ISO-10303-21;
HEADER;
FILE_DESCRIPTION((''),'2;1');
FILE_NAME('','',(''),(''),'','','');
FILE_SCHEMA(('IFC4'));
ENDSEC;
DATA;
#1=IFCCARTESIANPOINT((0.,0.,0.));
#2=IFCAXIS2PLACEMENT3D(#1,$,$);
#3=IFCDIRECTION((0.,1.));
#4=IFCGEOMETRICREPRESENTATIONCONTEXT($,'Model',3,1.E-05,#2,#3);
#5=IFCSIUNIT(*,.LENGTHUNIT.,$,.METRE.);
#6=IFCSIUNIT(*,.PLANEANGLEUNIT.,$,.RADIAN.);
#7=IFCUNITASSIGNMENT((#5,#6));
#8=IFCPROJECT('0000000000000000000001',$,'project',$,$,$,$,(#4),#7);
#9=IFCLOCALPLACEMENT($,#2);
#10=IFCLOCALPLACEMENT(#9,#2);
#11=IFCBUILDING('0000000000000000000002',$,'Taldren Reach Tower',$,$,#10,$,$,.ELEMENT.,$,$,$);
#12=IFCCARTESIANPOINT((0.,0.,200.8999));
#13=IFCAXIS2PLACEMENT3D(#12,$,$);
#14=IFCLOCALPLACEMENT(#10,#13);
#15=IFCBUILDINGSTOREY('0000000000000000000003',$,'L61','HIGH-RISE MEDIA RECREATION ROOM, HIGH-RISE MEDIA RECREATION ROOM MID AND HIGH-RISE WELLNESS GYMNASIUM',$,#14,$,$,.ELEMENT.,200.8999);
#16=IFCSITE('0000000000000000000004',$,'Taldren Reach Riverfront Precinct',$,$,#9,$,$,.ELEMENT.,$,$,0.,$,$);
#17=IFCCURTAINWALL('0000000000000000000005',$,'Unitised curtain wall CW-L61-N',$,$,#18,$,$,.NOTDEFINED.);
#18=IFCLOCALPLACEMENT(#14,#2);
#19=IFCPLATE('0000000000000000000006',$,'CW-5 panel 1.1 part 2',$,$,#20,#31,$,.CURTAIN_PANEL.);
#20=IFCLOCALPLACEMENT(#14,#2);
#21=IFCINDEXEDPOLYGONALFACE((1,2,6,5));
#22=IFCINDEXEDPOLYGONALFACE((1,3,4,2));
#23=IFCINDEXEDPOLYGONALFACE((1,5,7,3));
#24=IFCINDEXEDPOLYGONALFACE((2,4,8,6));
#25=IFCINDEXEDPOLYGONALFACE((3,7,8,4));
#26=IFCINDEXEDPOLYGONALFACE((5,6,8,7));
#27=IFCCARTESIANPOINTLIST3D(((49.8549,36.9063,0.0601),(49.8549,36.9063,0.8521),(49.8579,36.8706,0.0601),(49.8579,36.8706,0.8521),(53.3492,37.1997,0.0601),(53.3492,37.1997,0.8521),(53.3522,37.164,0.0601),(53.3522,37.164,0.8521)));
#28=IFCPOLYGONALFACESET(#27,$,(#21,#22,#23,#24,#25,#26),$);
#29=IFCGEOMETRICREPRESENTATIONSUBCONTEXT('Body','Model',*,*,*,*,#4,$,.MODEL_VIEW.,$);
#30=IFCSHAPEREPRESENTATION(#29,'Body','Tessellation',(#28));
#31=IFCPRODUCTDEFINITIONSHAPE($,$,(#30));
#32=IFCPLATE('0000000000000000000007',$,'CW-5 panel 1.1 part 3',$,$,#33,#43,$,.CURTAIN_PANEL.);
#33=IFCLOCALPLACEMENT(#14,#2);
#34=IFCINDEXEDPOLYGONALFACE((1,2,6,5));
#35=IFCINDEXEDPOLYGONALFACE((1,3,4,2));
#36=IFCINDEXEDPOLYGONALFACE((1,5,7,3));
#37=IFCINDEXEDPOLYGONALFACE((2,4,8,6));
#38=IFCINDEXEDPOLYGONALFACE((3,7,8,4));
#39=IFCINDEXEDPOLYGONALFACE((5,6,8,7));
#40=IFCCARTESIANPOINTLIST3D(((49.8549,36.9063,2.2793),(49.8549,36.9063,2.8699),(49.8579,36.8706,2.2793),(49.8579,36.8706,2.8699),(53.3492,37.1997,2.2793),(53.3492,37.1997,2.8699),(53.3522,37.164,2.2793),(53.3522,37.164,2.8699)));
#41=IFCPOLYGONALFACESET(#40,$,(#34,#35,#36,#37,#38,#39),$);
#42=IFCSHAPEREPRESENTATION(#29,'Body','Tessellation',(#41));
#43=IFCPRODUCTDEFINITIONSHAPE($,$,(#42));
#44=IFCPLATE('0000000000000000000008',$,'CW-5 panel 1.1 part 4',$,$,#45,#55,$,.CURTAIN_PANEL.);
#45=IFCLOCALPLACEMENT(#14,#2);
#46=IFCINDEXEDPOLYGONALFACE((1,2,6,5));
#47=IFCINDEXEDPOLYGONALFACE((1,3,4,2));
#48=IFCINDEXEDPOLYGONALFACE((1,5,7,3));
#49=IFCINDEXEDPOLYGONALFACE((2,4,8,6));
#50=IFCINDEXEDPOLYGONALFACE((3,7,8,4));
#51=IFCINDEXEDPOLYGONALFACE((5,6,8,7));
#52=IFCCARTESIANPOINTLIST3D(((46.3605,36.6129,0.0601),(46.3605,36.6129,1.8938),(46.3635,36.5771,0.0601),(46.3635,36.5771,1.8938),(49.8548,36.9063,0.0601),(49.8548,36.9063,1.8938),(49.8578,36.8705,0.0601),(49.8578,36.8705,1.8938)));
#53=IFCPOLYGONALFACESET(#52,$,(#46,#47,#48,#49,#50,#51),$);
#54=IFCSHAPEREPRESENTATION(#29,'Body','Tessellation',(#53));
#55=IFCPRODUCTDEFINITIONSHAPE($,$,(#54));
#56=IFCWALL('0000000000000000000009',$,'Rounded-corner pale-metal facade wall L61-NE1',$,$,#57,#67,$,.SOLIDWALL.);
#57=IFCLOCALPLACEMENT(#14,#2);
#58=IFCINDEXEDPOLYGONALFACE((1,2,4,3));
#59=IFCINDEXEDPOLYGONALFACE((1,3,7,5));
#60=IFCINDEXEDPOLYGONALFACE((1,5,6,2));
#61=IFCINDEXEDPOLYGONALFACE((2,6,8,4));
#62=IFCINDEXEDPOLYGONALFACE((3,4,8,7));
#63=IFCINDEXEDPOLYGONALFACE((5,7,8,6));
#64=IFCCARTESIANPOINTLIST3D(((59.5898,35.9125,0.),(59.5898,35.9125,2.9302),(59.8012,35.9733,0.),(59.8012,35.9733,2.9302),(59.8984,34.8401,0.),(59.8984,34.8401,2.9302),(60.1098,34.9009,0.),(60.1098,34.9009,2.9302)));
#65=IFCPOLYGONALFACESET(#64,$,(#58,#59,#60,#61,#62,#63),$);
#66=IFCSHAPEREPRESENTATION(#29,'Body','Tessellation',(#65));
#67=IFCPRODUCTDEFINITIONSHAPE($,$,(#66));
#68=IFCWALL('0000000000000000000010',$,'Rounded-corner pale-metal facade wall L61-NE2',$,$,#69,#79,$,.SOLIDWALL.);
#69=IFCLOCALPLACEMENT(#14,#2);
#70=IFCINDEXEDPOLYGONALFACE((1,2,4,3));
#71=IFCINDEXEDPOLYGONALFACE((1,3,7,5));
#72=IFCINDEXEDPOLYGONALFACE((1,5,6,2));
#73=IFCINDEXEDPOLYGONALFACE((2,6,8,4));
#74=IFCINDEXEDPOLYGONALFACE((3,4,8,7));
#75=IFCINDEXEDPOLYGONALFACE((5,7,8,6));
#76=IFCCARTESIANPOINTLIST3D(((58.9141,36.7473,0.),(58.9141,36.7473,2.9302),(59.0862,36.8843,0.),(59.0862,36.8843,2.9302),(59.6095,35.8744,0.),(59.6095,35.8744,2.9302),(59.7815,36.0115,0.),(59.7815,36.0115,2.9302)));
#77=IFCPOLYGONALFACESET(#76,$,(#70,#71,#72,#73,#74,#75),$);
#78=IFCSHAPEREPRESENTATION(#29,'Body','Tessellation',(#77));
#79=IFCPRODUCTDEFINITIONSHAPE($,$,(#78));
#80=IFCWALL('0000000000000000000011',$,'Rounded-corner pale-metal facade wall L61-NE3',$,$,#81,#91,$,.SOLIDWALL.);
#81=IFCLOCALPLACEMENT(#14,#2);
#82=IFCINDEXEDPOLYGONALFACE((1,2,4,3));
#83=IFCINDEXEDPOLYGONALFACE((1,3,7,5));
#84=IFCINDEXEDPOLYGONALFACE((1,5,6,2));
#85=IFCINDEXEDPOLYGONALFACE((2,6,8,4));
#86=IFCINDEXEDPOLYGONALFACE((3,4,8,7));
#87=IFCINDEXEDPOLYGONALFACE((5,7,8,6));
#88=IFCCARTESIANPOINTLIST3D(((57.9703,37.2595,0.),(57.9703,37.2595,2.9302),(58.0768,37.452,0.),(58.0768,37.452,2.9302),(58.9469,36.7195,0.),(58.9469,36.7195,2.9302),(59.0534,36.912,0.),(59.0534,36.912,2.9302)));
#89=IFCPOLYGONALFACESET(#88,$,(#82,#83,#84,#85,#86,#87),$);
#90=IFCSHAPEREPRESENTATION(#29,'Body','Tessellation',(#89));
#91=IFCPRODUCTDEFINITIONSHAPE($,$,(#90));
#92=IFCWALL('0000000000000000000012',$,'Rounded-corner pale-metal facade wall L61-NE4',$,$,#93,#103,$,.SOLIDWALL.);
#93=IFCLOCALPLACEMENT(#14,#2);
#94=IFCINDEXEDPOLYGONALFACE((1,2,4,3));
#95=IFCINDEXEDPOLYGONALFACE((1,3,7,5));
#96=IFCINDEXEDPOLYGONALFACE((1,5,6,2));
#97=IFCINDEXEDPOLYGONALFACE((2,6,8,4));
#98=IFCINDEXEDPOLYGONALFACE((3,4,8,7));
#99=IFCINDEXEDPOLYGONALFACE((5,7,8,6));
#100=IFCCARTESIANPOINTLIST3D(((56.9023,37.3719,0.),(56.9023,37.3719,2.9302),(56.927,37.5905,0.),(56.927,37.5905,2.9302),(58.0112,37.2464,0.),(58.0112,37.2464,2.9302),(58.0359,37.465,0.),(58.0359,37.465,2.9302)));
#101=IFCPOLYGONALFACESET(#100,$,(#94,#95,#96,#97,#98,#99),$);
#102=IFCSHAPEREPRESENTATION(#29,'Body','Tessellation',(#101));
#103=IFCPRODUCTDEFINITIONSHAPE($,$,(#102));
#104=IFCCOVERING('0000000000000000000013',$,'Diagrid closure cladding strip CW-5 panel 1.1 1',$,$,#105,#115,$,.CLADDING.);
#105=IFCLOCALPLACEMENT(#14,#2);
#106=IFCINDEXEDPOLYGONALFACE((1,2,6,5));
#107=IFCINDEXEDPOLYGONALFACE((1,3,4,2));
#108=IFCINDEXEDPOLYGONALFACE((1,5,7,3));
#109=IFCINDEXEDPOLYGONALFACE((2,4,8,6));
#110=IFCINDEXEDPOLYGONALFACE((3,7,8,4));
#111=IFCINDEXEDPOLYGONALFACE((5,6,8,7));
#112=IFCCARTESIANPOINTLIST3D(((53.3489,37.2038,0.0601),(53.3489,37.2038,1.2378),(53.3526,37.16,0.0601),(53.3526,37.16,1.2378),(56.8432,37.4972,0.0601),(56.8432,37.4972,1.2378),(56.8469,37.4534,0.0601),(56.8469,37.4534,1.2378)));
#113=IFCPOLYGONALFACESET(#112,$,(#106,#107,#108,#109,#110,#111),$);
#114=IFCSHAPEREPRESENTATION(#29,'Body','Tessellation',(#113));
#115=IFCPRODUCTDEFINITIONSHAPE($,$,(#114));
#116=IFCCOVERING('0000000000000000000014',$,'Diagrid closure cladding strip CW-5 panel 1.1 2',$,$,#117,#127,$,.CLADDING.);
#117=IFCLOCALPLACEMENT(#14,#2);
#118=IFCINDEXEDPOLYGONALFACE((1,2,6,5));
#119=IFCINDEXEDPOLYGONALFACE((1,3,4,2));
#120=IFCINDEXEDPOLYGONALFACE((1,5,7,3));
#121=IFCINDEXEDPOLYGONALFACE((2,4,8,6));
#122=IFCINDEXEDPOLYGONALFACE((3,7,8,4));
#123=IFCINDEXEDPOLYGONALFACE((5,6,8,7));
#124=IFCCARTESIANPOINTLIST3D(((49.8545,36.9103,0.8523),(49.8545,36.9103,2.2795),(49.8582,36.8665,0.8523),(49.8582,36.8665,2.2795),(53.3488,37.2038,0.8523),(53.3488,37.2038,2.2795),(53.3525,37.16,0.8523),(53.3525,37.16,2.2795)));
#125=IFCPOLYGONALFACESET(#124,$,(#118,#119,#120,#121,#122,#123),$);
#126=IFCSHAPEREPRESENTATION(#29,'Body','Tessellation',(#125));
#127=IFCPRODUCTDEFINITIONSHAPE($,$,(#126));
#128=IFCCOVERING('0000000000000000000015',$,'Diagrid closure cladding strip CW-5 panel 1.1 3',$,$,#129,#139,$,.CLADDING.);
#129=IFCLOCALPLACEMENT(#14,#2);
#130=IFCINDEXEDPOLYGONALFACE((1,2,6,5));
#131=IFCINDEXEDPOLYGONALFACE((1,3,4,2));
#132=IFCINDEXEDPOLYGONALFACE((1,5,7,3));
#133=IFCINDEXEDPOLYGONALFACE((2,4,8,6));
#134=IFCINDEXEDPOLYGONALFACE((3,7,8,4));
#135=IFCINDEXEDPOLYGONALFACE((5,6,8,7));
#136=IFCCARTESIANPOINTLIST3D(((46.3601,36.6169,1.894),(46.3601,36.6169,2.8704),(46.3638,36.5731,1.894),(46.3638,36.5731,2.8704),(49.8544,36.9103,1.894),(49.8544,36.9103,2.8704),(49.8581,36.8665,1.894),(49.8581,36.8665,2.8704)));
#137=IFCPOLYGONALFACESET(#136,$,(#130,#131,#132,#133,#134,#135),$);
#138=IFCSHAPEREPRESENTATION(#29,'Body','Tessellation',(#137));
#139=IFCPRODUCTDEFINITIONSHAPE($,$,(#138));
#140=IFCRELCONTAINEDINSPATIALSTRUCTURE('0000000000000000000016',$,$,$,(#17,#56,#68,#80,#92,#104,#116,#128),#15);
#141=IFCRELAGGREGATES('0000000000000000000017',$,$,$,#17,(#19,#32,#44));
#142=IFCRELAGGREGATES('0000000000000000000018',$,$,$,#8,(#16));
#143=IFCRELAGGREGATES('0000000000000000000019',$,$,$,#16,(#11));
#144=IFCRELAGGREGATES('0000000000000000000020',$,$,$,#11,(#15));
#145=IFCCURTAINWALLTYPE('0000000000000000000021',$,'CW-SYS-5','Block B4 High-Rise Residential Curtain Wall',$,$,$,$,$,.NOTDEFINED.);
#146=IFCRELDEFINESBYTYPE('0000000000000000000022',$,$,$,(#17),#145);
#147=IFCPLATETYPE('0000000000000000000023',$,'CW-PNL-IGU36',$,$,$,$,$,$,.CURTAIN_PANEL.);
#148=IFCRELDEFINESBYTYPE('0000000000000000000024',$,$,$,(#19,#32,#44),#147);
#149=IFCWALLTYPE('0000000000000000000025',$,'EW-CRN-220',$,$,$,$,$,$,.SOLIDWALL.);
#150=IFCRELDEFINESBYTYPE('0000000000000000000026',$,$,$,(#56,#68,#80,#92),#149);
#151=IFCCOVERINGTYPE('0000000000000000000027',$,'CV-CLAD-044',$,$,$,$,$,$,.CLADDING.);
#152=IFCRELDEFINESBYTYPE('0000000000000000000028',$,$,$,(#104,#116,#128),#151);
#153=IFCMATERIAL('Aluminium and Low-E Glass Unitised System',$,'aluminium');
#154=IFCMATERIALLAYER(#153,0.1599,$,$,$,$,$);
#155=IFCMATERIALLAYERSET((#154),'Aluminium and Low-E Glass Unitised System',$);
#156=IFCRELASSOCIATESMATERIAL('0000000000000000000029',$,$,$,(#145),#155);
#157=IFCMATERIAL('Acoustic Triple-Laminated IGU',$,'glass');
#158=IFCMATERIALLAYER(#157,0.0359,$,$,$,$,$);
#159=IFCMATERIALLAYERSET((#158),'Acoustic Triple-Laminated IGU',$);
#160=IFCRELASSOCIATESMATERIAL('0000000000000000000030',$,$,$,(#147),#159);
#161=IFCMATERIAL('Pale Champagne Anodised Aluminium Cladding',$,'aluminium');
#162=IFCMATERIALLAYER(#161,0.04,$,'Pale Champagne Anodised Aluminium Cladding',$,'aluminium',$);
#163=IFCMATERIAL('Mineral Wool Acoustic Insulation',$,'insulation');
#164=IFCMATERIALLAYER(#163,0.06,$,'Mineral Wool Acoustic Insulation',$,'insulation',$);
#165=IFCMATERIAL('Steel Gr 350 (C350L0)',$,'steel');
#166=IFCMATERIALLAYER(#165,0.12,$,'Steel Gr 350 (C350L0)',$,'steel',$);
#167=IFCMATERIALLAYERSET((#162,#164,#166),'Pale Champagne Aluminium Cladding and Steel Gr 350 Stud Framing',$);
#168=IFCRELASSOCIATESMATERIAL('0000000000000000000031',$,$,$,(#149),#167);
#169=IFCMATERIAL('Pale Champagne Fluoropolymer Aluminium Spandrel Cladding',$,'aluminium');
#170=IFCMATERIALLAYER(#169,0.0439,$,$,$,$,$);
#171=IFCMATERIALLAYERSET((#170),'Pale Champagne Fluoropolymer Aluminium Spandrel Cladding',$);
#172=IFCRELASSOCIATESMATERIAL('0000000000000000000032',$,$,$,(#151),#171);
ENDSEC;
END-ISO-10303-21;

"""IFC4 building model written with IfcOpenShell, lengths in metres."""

from ifc_helpers import new_model, si_unit, direction, frame, frame_2d, origin, origin_2d, place, context, subcontext, project, spatial, rectangle, extrude, source, transform, mapped, material, layer, layer_set, type_object, element, aggregate, save


model = new_model("IFC4")

# Units and contexts
model_context = context("Model", 3, precision=1e-05, world=origin(), true_north=direction((0.0, 1.0)))
body_context = subcontext(model_context, "Body", "Model", "MODEL_VIEW")
ifc_project = project(units=[si_unit("LENGTHUNIT", "METRE"), si_unit("PLANEANGLEUNIT", "RADIAN")], contexts=[model_context])

# Site, building, storey
site_placement = place(None, origin())
site = spatial("IfcSite", under=ifc_project, at=site_placement, Name="Taldren Reach Riverfront Precinct", CompositionType="ELEMENT", RefElevation=0.0)
building_placement = place(site_placement, origin())
building = spatial("IfcBuilding", under=site, at=building_placement, Name="Taldren Reach Tower", CompositionType="ELEMENT")
storey_placement = place(building_placement, frame((0.0, 0.0, 200.8999)))
storey = spatial("IfcBuildingStorey", under=building, at=storey_placement, Name="L61", Description="HIGH-RISE MEDIA RECREATION ROOM, HIGH-RISE MEDIA RECREATION ROOM MID AND HIGH-RISE WELLNESS GYMNASIUM", CompositionType="ELEMENT", Elevation=200.8999)

# Shared definitions
ifc_material_1 = material(Name="Steel Gr 350 (C350L0)", Category="steel")

# Curtain wall
ifc_material_2 = material(Name="Aluminium and Low-E Glass Unitised System", Category="aluminium")
ifc_layer_1 = layer(ifc_material_2, 0.1599)
ifc_layer_set_1 = layer_set([ifc_layer_1], Name="Aluminium and Low-E Glass Unitised System")
curtain_wall_type = type_object("IfcCurtainWallType", Name="CW-SYS-5", Description="Block B4 High-Rise Residential Curtain Wall", PredefinedType="NOTDEFINED", material=ifc_layer_set_1)
curtain_wall_placement = place(storey_placement, origin())
curtain_wall = element("IfcCurtainWall", 1, at=curtain_wall_placement, inside=storey, type_object=curtain_wall_type, Name="Unitised curtain wall CW-L61-N", PredefinedType="NOTDEFINED")

# Plates
ifc_material_3 = material(Name="Acoustic Triple-Laminated IGU", Category="glass")
ifc_layer_2 = layer(ifc_material_3, 0.0359)
ifc_layer_set_2 = layer_set([ifc_layer_2], Name="Acoustic Triple-Laminated IGU")
plate_type_1 = type_object("IfcPlateType", Name="CW-PNL-IGU36", PredefinedType="CURTAIN_PANEL", material=ifc_layer_set_2)
shared_shape_1 = source(origin(), body_context, "Body", "SweptSolid", [
    extrude(rectangle(XDim=3.5066, YDim=0.0359, at=origin_2d()), origin(), (0.0, 0.0, 1.0), 0.792),
])
plate_1_placement = place(storey_placement, frame((51.6035, 37.0352, 0.0601), z_axis=(0.0, 0.0, 1.0), x_axis=(-0.996493, -0.083678, 0.0)))
plate_1 = element("IfcPlate", 2, at=plate_1_placement, type_object=plate_type_1, Name="CW-5 panel 1.1 part 2", PredefinedType="CURTAIN_PANEL", context=body_context, shape_type="MappedRepresentation", body=[
    mapped(shared_shape_1, transform((0.0, 0.0, 0.0), scale=1.0)),
])
shared_shape_2 = source(origin(), body_context, "Body", "SweptSolid", [
    extrude(rectangle(XDim=3.5066, YDim=0.0359, at=origin_2d()), origin(), (0.0, 0.0, 1.0), 0.5906),
])
plate_2_placement = place(storey_placement, frame((51.6035, 37.0352, 2.2793), z_axis=(0.0, 0.0, 1.0), x_axis=(-0.996493, -0.083678, 0.0)))
plate_2 = element("IfcPlate", 3, at=plate_2_placement, type_object=plate_type_1, Name="CW-5 panel 1.1 part 3", PredefinedType="CURTAIN_PANEL", context=body_context, shape_type="MappedRepresentation", body=[
    mapped(shared_shape_2, transform((0.0, 0.0, 0.0), scale=1.0)),
])
shared_shape_3 = source(origin(), body_context, "Body", "SweptSolid", [
    extrude(rectangle(XDim=3.5066, YDim=0.0359, at=origin_2d()), origin(), (0.0, 0.0, 1.0), 1.8337),
])
plate_3_placement = place(storey_placement, frame((48.1091, 36.7417, 0.0601), z_axis=(0.0, 0.0, 1.0), x_axis=(-0.996493, -0.083678, 0.0)))
plate_3 = element("IfcPlate", 4, at=plate_3_placement, type_object=plate_type_1, Name="CW-5 panel 1.1 part 4", PredefinedType="CURTAIN_PANEL", context=body_context, shape_type="MappedRepresentation", body=[
    mapped(shared_shape_3, transform((0.0, 0.0, 0.0), scale=1.0)),
])
aggregate(curtain_wall, [plate_1, plate_2, plate_3])

# Walls
ifc_material_4 = material(Name="Pale Champagne Anodised Aluminium Cladding", Category="aluminium")
ifc_layer_3 = layer(ifc_material_4, 0.04, Name="Pale Champagne Anodised Aluminium Cladding", Category="aluminium")
ifc_material_5 = material(Name="Mineral Wool Acoustic Insulation", Category="insulation")
ifc_layer_4 = layer(ifc_material_5, 0.06, Name="Mineral Wool Acoustic Insulation", Category="insulation")
ifc_layer_5 = layer(ifc_material_1, 0.12, Name="Steel Gr 350 (C350L0)", Category="steel")
ifc_layer_set_3 = layer_set([ifc_layer_3, ifc_layer_4, ifc_layer_5], Name="Pale Champagne Aluminium Cladding and Steel Gr 350 Stud Framing")
wall_type = type_object("IfcWallType", Name="EW-CRN-220", PredefinedType="SOLIDWALL", material=ifc_layer_set_3)
shared_shape_4 = source(origin(), body_context, "Body", "SweptSolid", [
    extrude(rectangle(XDim=1.116, YDim=0.22, at=frame_2d((0.5581, 0.0))), origin(), (0.0, 0.0, 1.0), 2.9302),
])
for number, where, z_axis, x_axis, name in (
    (5, (60.0042, 34.8704, 0.0), (0.0, 0.0, 1.0), (-0.276512, 0.96101, 0.0), "Rounded-corner pale-metal facade wall L61-NE1"),
    (6, (59.6956, 35.9429, 0.0), (0.0, 0.0, 1.0), (-0.623093, 0.782148, 0.0), "Rounded-corner pale-metal facade wall L61-NE2"),
    (7, (59.0002, 36.8157, 0.0), (0.0, 0.0, 1.0), (-0.875105, 0.483933, 0.0), "Rounded-corner pale-metal facade wall L61-NE3"),
    (8, (58.0237, 37.3557, 0.0), (0.0, 0.0, 1.0), (-0.993658, 0.112448, 0.0), "Rounded-corner pale-metal facade wall L61-NE4"),
):
    element("IfcWall", number, at=place(storey_placement, frame(where, z_axis=z_axis, x_axis=x_axis)), inside=storey, type_object=wall_type, Name=name, PredefinedType="SOLIDWALL", context=body_context, shape_type="MappedRepresentation", body=[
        mapped(shared_shape_4, transform((0.0, 0.0, 0.0), scale=1.0)),
    ])

# Coverings
ifc_material_6 = material(Name="Pale Champagne Fluoropolymer Aluminium Spandrel Cladding", Category="aluminium")
ifc_layer_6 = layer(ifc_material_6, 0.0439)
ifc_layer_set_4 = layer_set([ifc_layer_6], Name="Pale Champagne Fluoropolymer Aluminium Spandrel Cladding")
covering_type = type_object("IfcCoveringType", Name="CV-CLAD-044", PredefinedType="CLADDING", material=ifc_layer_set_4)
shared_shape_5 = source(origin(), body_context, "Body", "SweptSolid", [
    extrude(rectangle(XDim=3.5066, YDim=0.0439, at=origin_2d()), origin(), (0.0, 0.0, 1.0), 1.1777),
])
covering_1_placement = place(storey_placement, frame((55.0979, 37.3286, 0.0601), z_axis=(0.0, 0.0, 1.0), x_axis=(-0.996493, -0.083678, 0.0)))
element("IfcCovering", 9, at=covering_1_placement, inside=storey, type_object=covering_type, Name="Diagrid closure cladding strip CW-5 panel 1.1 1", PredefinedType="CLADDING", context=body_context, shape_type="MappedRepresentation", body=[
    mapped(shared_shape_5, transform((0.0, 0.0, 0.0), scale=1.0)),
])
shared_shape_6 = source(origin(), body_context, "Body", "SweptSolid", [
    extrude(rectangle(XDim=3.5066, YDim=0.0439, at=origin_2d()), origin(), (0.0, 0.0, 1.0), 1.4272),
])
covering_2_placement = place(storey_placement, frame((51.6035, 37.0352, 0.8523), z_axis=(0.0, 0.0, 1.0), x_axis=(-0.996493, -0.083678, 0.0)))
element("IfcCovering", 10, at=covering_2_placement, inside=storey, type_object=covering_type, Name="Diagrid closure cladding strip CW-5 panel 1.1 2", PredefinedType="CLADDING", context=body_context, shape_type="MappedRepresentation", body=[
    mapped(shared_shape_6, transform((0.0, 0.0, 0.0), scale=1.0)),
])
shared_shape_7 = source(origin(), body_context, "Body", "SweptSolid", [
    extrude(rectangle(XDim=3.5066, YDim=0.0439, at=origin_2d()), origin(), (0.0, 0.0, 1.0), 0.9763),
])
covering_3_placement = place(storey_placement, frame((48.1091, 36.7417, 1.894), z_axis=(0.0, 0.0, 1.0), x_axis=(-0.996493, -0.083678, 0.0)))
element("IfcCovering", 11, at=covering_3_placement, inside=storey, type_object=covering_type, Name="Diagrid closure cladding strip CW-5 panel 1.1 3", PredefinedType="CLADDING", context=body_context, shape_type="MappedRepresentation", body=[
    mapped(shared_shape_7, transform((0.0, 0.0, 0.0), scale=1.0)),
])

save(model, "model.ifc")
